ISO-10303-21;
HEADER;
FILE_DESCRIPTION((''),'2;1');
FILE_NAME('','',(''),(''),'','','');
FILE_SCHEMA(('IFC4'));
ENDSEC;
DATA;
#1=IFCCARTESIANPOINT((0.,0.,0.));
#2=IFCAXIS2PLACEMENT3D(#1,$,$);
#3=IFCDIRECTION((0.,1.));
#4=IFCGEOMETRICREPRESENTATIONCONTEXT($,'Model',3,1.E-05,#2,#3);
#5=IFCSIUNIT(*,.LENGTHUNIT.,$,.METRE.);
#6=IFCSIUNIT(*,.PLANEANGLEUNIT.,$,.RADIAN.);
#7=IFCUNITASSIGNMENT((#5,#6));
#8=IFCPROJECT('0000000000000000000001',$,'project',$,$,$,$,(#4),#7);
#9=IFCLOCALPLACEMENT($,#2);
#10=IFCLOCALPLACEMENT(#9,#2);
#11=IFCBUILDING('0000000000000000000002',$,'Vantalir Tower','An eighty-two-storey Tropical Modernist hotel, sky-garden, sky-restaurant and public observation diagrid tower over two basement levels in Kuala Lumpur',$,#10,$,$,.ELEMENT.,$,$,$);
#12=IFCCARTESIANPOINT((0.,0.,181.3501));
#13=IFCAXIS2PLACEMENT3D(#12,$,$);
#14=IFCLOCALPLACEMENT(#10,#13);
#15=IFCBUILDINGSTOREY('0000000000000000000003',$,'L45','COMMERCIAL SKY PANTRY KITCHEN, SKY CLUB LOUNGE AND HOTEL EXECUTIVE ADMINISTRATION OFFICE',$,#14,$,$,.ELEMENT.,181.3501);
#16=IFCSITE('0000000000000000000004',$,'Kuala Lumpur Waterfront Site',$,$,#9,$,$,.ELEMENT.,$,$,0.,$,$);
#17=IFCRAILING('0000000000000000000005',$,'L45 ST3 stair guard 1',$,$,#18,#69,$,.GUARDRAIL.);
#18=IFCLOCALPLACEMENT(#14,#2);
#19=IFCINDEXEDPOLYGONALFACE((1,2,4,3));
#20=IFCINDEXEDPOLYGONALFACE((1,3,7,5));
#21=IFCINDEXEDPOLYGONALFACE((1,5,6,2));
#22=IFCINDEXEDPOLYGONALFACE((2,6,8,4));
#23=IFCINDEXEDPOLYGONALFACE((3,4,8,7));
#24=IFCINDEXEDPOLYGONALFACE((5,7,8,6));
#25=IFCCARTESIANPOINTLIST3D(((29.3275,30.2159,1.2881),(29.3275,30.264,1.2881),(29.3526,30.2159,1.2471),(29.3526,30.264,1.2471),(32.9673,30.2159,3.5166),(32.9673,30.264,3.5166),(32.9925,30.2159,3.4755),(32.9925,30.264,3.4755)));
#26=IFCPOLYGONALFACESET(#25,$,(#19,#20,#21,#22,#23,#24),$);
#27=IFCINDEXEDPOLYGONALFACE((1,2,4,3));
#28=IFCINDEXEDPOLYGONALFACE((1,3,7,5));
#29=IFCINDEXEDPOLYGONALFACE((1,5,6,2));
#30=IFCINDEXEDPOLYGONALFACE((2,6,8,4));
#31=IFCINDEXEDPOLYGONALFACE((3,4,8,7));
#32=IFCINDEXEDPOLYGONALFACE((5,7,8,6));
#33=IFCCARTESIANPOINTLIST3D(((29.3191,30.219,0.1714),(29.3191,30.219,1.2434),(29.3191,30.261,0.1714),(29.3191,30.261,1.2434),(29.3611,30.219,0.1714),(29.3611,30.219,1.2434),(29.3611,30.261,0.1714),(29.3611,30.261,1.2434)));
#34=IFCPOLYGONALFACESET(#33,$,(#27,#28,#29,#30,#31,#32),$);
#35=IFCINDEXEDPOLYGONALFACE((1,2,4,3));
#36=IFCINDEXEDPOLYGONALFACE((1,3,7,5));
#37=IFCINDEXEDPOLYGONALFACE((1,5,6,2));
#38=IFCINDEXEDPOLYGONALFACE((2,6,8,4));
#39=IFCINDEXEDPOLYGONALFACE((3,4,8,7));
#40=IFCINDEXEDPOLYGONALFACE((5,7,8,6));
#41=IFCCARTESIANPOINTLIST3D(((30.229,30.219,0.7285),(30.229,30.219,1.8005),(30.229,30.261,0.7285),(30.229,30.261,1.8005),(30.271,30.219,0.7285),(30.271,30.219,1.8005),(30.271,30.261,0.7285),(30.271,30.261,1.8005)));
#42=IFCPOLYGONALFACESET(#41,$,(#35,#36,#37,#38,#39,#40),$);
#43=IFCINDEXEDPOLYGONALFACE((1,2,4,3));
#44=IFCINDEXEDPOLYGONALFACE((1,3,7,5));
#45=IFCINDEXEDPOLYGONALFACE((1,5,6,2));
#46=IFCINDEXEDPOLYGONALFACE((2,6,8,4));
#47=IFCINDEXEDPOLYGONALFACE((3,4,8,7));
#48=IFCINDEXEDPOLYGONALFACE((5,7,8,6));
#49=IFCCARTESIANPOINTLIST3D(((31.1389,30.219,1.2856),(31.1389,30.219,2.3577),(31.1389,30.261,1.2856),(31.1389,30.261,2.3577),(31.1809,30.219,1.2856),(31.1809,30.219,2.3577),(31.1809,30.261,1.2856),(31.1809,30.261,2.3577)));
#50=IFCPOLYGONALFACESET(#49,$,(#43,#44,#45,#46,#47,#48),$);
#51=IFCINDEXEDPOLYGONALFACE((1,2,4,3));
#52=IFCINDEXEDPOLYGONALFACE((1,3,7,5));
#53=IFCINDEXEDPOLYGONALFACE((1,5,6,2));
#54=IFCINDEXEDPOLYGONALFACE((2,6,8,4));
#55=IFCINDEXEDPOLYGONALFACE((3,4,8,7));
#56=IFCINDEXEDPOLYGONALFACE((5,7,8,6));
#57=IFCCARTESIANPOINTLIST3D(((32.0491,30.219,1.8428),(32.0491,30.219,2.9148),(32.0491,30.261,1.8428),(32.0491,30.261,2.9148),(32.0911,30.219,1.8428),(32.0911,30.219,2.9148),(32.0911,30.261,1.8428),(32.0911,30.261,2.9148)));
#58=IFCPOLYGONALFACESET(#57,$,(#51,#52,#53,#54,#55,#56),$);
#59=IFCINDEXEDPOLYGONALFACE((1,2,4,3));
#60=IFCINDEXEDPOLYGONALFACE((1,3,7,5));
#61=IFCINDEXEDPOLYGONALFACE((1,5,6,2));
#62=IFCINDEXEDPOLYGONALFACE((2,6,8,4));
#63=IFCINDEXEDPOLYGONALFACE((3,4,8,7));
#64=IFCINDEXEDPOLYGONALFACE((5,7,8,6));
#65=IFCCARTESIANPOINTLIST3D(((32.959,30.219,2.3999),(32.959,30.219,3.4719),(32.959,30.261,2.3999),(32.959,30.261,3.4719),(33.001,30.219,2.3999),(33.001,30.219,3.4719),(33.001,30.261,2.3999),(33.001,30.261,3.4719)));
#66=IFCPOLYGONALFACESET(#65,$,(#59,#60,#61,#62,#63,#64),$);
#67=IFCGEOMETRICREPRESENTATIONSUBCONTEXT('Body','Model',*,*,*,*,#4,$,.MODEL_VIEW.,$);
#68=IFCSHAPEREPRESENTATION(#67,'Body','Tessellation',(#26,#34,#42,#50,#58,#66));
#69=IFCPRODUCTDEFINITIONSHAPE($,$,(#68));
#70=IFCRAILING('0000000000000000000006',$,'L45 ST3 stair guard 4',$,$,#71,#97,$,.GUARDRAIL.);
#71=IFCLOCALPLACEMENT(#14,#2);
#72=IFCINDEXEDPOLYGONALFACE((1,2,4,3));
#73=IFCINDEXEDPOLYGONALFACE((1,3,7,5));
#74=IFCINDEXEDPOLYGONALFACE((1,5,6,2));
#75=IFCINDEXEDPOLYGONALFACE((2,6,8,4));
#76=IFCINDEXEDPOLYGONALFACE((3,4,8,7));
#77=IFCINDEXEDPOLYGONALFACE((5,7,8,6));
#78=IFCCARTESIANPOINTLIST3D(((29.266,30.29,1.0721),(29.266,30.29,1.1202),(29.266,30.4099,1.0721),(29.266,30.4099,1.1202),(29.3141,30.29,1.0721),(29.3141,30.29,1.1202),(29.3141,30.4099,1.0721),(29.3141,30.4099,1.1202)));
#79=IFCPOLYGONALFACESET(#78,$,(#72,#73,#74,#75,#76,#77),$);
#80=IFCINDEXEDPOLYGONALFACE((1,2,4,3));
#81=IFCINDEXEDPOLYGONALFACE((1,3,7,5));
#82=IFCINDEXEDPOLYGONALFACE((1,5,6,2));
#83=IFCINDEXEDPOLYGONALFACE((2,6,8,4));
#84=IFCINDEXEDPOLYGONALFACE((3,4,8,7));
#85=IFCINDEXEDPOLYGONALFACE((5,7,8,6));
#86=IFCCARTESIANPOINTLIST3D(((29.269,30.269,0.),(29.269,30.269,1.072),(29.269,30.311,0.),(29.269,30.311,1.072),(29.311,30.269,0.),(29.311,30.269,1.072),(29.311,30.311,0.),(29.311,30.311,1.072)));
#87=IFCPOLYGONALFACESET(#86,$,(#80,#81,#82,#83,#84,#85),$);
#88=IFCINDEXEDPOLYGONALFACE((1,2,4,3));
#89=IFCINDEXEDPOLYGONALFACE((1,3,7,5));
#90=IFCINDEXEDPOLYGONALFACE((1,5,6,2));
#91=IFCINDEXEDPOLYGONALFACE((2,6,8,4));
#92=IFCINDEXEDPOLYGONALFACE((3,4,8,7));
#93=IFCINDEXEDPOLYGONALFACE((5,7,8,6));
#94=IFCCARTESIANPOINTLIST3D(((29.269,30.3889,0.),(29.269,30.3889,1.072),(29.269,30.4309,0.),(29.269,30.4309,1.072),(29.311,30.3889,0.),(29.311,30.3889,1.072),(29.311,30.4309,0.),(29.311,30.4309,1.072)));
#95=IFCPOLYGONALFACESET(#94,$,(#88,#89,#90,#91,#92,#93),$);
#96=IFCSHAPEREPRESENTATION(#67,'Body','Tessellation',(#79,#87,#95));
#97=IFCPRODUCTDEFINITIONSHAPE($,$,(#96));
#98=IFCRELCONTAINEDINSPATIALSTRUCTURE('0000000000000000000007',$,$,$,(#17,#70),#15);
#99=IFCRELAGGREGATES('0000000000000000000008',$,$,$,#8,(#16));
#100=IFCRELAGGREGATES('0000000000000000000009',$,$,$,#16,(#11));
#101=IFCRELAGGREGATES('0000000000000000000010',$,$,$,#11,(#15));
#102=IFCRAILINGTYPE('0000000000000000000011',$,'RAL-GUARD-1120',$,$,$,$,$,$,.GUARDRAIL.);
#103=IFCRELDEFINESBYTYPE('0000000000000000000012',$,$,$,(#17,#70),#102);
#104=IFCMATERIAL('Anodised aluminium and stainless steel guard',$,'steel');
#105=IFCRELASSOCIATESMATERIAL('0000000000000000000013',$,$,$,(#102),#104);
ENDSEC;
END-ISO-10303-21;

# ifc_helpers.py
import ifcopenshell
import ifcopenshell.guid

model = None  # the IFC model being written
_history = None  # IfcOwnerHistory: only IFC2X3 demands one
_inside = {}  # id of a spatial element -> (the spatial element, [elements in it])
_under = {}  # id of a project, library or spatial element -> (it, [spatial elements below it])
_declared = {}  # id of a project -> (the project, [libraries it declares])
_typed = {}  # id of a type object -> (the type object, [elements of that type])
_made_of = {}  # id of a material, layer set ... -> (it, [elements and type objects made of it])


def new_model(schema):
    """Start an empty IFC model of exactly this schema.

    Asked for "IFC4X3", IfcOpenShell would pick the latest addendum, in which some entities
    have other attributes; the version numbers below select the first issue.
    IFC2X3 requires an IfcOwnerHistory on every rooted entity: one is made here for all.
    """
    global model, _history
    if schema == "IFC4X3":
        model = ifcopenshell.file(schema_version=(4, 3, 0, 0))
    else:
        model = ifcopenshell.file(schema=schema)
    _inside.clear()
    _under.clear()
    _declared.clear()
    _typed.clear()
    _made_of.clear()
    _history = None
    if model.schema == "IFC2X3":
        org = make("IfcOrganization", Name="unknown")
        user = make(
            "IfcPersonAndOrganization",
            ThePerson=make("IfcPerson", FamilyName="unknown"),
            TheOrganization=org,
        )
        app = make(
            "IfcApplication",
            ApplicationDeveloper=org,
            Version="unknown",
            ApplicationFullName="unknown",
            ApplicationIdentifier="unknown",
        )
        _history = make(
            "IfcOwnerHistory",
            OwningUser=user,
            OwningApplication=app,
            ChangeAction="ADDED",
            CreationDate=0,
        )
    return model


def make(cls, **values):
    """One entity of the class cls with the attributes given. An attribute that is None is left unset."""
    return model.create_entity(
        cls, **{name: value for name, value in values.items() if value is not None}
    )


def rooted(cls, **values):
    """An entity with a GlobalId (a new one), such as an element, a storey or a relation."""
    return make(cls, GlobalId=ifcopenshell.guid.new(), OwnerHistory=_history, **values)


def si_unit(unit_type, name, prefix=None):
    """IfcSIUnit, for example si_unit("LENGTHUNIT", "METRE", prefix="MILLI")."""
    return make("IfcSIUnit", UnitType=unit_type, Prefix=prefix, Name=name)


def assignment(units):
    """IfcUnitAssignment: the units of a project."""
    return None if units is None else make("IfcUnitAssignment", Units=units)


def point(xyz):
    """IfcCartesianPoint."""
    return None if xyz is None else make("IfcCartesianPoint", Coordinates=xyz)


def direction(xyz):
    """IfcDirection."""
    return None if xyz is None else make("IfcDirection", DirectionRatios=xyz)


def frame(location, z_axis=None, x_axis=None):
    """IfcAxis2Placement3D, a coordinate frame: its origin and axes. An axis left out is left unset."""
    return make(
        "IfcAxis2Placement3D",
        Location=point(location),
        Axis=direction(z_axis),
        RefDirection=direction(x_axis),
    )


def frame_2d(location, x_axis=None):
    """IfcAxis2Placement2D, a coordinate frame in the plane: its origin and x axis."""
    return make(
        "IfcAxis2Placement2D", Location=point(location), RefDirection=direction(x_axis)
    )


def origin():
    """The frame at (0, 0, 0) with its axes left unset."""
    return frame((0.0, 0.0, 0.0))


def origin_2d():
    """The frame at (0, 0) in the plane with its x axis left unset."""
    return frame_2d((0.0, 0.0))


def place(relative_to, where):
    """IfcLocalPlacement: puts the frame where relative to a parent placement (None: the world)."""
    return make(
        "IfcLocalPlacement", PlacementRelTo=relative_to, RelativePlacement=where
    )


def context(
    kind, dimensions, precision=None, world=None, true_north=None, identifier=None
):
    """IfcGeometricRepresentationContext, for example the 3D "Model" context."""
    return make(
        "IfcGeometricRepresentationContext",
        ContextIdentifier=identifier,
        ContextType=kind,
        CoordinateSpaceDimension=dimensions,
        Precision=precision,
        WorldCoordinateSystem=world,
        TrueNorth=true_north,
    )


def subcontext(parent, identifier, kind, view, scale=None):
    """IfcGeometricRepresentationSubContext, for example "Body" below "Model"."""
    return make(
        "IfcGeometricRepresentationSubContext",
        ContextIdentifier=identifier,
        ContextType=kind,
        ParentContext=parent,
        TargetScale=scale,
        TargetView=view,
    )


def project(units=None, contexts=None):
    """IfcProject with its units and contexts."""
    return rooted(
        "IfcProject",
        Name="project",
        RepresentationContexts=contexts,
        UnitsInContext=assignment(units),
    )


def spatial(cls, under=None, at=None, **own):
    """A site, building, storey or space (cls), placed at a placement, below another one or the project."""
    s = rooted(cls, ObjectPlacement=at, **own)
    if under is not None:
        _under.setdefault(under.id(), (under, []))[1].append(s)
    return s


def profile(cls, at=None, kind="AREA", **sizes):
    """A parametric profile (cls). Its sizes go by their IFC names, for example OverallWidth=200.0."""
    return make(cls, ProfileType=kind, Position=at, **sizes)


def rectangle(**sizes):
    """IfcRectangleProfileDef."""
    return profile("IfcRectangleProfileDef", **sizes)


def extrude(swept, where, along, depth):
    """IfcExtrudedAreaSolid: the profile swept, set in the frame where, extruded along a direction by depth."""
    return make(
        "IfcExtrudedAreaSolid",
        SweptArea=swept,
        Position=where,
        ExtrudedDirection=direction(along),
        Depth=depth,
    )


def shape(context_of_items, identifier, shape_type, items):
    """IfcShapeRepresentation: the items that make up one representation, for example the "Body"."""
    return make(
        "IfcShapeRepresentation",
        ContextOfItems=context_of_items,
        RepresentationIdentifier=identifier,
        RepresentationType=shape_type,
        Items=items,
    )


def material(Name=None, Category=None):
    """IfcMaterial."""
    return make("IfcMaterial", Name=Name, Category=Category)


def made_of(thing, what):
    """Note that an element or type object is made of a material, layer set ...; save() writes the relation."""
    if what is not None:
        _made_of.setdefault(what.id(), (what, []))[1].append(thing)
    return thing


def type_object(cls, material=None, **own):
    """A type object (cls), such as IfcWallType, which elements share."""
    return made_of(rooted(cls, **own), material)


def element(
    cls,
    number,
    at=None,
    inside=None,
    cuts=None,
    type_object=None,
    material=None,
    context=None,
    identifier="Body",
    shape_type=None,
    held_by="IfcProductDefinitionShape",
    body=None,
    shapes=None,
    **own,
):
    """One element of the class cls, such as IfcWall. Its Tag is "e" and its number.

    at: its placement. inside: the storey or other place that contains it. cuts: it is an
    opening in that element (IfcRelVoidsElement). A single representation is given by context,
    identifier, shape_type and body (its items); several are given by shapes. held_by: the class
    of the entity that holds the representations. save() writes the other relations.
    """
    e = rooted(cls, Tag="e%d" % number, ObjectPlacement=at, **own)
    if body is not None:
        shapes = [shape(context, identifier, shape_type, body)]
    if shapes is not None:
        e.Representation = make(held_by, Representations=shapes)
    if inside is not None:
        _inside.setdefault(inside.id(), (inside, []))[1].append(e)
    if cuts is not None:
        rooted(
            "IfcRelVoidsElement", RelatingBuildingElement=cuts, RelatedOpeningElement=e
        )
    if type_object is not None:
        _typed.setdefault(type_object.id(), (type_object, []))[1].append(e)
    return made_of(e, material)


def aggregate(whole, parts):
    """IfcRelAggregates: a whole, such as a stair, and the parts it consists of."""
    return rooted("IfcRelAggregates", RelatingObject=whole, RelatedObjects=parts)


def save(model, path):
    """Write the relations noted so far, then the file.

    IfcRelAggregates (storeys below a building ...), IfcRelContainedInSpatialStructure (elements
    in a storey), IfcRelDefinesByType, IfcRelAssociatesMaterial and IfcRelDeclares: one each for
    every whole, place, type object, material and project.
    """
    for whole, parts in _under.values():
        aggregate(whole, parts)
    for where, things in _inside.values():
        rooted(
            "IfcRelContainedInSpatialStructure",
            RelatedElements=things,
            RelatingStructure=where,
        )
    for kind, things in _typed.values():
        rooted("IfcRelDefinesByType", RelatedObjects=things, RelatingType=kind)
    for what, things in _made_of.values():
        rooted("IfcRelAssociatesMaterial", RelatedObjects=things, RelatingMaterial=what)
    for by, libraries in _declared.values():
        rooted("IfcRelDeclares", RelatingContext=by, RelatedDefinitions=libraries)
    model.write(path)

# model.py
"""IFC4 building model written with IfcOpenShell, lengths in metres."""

from ifc_helpers import new_model, si_unit, direction, frame, origin, origin_2d, place, context, subcontext, project, spatial, rectangle, extrude, material, type_object, element, save


model = new_model("IFC4")

# Units and contexts
model_context = context("Model", 3, precision=1e-05, world=origin(), true_north=direction((0.0, 1.0)))
body_context = subcontext(model_context, "Body", "Model", "MODEL_VIEW")
ifc_project = project(units=[si_unit("LENGTHUNIT", "METRE"), si_unit("PLANEANGLEUNIT", "RADIAN")], contexts=[model_context])

# Site, building, storey
site_placement = place(None, origin())
site = spatial("IfcSite", under=ifc_project, at=site_placement, Name="Kuala Lumpur Waterfront Site", CompositionType="ELEMENT", RefElevation=0.0)
building_placement = place(site_placement, origin())
building = spatial("IfcBuilding", under=site, at=building_placement, Name="Vantalir Tower", Description="An eighty-two-storey Tropical Modernist hotel, sky-garden, sky-restaurant and public observation diagrid tower over two basement levels in Kuala Lumpur", CompositionType="ELEMENT")
storey_placement = place(building_placement, frame((0.0, 0.0, 181.3501)))
storey = spatial("IfcBuildingStorey", under=building, at=storey_placement, Name="L45", Description="COMMERCIAL SKY PANTRY KITCHEN, SKY CLUB LOUNGE AND HOTEL EXECUTIVE ADMINISTRATION OFFICE", CompositionType="ELEMENT", Elevation=181.3501)

# Railings
ifc_material_1 = material(Name="Anodised aluminium and stainless steel guard", Category="steel")
railing_type = type_object("IfcRailingType", Name="RAL-GUARD-1120", PredefinedType="GUARDRAIL", material=ifc_material_1)
railing_1_placement = place(storey_placement, frame((29.3401, 30.24, 0.1714)))
element("IfcRailing", 1, at=railing_1_placement, inside=storey, type_object=railing_type, Name="L45 ST3 stair guard 1", PredefinedType="GUARDRAIL", context=body_context, shape_type="SweptSolid", body=[
    extrude(rectangle(XDim=0.0481, YDim=0.0481, at=origin_2d()), frame((0.0, 0.0, 1.0962), z_axis=(0.85285, 0.0, 0.522156), x_axis=(0.0, 1.0, 0.0)), (0.0, 0.0, 1.0), 4.2678),
    extrude(rectangle(XDim=0.042, YDim=0.042, at=origin_2d()), origin(), (0.0, 0.0, 1.0), 1.072),
    extrude(rectangle(XDim=0.042, YDim=0.042, at=origin_2d()), frame((0.9099, 0.0, 0.5571)), (0.0, 0.0, 1.0), 1.072),
    extrude(rectangle(XDim=0.042, YDim=0.042, at=origin_2d()), frame((1.8198, 0.0, 1.1143)), (0.0, 0.0, 1.0), 1.072),
    extrude(rectangle(XDim=0.042, YDim=0.042, at=origin_2d()), frame((2.73, 0.0, 1.6714)), (0.0, 0.0, 1.0), 1.072),
    extrude(rectangle(XDim=0.042, YDim=0.042, at=origin_2d()), frame((3.6399, 0.0, 2.2285)), (0.0, 0.0, 1.0), 1.072),
])
railing_2_placement = place(storey_placement, frame((29.29, 30.29, 0.0)))
element("IfcRailing", 2, at=railing_2_placement, inside=storey, type_object=railing_type, Name="L45 ST3 stair guard 4", PredefinedType="GUARDRAIL", context=body_context, shape_type="SweptSolid", body=[
    extrude(rectangle(XDim=0.0481, YDim=0.0481, at=origin_2d()), frame((0.0, 0.0, 1.0962), z_axis=(0.0, 1.0, 0.0), x_axis=(-1.0, 0.0, 0.0)), (0.0, 0.0, 1.0), 0.1199),
    extrude(rectangle(XDim=0.042, YDim=0.042, at=origin_2d()), origin(), (0.0, 0.0, 1.0), 1.072),
    extrude(rectangle(XDim=0.042, YDim=0.042, at=origin_2d()), frame((0.0, 0.1199, 0.0)), (0.0, 0.0, 1.0), 1.072),
])

save(model, "model.ifc")
